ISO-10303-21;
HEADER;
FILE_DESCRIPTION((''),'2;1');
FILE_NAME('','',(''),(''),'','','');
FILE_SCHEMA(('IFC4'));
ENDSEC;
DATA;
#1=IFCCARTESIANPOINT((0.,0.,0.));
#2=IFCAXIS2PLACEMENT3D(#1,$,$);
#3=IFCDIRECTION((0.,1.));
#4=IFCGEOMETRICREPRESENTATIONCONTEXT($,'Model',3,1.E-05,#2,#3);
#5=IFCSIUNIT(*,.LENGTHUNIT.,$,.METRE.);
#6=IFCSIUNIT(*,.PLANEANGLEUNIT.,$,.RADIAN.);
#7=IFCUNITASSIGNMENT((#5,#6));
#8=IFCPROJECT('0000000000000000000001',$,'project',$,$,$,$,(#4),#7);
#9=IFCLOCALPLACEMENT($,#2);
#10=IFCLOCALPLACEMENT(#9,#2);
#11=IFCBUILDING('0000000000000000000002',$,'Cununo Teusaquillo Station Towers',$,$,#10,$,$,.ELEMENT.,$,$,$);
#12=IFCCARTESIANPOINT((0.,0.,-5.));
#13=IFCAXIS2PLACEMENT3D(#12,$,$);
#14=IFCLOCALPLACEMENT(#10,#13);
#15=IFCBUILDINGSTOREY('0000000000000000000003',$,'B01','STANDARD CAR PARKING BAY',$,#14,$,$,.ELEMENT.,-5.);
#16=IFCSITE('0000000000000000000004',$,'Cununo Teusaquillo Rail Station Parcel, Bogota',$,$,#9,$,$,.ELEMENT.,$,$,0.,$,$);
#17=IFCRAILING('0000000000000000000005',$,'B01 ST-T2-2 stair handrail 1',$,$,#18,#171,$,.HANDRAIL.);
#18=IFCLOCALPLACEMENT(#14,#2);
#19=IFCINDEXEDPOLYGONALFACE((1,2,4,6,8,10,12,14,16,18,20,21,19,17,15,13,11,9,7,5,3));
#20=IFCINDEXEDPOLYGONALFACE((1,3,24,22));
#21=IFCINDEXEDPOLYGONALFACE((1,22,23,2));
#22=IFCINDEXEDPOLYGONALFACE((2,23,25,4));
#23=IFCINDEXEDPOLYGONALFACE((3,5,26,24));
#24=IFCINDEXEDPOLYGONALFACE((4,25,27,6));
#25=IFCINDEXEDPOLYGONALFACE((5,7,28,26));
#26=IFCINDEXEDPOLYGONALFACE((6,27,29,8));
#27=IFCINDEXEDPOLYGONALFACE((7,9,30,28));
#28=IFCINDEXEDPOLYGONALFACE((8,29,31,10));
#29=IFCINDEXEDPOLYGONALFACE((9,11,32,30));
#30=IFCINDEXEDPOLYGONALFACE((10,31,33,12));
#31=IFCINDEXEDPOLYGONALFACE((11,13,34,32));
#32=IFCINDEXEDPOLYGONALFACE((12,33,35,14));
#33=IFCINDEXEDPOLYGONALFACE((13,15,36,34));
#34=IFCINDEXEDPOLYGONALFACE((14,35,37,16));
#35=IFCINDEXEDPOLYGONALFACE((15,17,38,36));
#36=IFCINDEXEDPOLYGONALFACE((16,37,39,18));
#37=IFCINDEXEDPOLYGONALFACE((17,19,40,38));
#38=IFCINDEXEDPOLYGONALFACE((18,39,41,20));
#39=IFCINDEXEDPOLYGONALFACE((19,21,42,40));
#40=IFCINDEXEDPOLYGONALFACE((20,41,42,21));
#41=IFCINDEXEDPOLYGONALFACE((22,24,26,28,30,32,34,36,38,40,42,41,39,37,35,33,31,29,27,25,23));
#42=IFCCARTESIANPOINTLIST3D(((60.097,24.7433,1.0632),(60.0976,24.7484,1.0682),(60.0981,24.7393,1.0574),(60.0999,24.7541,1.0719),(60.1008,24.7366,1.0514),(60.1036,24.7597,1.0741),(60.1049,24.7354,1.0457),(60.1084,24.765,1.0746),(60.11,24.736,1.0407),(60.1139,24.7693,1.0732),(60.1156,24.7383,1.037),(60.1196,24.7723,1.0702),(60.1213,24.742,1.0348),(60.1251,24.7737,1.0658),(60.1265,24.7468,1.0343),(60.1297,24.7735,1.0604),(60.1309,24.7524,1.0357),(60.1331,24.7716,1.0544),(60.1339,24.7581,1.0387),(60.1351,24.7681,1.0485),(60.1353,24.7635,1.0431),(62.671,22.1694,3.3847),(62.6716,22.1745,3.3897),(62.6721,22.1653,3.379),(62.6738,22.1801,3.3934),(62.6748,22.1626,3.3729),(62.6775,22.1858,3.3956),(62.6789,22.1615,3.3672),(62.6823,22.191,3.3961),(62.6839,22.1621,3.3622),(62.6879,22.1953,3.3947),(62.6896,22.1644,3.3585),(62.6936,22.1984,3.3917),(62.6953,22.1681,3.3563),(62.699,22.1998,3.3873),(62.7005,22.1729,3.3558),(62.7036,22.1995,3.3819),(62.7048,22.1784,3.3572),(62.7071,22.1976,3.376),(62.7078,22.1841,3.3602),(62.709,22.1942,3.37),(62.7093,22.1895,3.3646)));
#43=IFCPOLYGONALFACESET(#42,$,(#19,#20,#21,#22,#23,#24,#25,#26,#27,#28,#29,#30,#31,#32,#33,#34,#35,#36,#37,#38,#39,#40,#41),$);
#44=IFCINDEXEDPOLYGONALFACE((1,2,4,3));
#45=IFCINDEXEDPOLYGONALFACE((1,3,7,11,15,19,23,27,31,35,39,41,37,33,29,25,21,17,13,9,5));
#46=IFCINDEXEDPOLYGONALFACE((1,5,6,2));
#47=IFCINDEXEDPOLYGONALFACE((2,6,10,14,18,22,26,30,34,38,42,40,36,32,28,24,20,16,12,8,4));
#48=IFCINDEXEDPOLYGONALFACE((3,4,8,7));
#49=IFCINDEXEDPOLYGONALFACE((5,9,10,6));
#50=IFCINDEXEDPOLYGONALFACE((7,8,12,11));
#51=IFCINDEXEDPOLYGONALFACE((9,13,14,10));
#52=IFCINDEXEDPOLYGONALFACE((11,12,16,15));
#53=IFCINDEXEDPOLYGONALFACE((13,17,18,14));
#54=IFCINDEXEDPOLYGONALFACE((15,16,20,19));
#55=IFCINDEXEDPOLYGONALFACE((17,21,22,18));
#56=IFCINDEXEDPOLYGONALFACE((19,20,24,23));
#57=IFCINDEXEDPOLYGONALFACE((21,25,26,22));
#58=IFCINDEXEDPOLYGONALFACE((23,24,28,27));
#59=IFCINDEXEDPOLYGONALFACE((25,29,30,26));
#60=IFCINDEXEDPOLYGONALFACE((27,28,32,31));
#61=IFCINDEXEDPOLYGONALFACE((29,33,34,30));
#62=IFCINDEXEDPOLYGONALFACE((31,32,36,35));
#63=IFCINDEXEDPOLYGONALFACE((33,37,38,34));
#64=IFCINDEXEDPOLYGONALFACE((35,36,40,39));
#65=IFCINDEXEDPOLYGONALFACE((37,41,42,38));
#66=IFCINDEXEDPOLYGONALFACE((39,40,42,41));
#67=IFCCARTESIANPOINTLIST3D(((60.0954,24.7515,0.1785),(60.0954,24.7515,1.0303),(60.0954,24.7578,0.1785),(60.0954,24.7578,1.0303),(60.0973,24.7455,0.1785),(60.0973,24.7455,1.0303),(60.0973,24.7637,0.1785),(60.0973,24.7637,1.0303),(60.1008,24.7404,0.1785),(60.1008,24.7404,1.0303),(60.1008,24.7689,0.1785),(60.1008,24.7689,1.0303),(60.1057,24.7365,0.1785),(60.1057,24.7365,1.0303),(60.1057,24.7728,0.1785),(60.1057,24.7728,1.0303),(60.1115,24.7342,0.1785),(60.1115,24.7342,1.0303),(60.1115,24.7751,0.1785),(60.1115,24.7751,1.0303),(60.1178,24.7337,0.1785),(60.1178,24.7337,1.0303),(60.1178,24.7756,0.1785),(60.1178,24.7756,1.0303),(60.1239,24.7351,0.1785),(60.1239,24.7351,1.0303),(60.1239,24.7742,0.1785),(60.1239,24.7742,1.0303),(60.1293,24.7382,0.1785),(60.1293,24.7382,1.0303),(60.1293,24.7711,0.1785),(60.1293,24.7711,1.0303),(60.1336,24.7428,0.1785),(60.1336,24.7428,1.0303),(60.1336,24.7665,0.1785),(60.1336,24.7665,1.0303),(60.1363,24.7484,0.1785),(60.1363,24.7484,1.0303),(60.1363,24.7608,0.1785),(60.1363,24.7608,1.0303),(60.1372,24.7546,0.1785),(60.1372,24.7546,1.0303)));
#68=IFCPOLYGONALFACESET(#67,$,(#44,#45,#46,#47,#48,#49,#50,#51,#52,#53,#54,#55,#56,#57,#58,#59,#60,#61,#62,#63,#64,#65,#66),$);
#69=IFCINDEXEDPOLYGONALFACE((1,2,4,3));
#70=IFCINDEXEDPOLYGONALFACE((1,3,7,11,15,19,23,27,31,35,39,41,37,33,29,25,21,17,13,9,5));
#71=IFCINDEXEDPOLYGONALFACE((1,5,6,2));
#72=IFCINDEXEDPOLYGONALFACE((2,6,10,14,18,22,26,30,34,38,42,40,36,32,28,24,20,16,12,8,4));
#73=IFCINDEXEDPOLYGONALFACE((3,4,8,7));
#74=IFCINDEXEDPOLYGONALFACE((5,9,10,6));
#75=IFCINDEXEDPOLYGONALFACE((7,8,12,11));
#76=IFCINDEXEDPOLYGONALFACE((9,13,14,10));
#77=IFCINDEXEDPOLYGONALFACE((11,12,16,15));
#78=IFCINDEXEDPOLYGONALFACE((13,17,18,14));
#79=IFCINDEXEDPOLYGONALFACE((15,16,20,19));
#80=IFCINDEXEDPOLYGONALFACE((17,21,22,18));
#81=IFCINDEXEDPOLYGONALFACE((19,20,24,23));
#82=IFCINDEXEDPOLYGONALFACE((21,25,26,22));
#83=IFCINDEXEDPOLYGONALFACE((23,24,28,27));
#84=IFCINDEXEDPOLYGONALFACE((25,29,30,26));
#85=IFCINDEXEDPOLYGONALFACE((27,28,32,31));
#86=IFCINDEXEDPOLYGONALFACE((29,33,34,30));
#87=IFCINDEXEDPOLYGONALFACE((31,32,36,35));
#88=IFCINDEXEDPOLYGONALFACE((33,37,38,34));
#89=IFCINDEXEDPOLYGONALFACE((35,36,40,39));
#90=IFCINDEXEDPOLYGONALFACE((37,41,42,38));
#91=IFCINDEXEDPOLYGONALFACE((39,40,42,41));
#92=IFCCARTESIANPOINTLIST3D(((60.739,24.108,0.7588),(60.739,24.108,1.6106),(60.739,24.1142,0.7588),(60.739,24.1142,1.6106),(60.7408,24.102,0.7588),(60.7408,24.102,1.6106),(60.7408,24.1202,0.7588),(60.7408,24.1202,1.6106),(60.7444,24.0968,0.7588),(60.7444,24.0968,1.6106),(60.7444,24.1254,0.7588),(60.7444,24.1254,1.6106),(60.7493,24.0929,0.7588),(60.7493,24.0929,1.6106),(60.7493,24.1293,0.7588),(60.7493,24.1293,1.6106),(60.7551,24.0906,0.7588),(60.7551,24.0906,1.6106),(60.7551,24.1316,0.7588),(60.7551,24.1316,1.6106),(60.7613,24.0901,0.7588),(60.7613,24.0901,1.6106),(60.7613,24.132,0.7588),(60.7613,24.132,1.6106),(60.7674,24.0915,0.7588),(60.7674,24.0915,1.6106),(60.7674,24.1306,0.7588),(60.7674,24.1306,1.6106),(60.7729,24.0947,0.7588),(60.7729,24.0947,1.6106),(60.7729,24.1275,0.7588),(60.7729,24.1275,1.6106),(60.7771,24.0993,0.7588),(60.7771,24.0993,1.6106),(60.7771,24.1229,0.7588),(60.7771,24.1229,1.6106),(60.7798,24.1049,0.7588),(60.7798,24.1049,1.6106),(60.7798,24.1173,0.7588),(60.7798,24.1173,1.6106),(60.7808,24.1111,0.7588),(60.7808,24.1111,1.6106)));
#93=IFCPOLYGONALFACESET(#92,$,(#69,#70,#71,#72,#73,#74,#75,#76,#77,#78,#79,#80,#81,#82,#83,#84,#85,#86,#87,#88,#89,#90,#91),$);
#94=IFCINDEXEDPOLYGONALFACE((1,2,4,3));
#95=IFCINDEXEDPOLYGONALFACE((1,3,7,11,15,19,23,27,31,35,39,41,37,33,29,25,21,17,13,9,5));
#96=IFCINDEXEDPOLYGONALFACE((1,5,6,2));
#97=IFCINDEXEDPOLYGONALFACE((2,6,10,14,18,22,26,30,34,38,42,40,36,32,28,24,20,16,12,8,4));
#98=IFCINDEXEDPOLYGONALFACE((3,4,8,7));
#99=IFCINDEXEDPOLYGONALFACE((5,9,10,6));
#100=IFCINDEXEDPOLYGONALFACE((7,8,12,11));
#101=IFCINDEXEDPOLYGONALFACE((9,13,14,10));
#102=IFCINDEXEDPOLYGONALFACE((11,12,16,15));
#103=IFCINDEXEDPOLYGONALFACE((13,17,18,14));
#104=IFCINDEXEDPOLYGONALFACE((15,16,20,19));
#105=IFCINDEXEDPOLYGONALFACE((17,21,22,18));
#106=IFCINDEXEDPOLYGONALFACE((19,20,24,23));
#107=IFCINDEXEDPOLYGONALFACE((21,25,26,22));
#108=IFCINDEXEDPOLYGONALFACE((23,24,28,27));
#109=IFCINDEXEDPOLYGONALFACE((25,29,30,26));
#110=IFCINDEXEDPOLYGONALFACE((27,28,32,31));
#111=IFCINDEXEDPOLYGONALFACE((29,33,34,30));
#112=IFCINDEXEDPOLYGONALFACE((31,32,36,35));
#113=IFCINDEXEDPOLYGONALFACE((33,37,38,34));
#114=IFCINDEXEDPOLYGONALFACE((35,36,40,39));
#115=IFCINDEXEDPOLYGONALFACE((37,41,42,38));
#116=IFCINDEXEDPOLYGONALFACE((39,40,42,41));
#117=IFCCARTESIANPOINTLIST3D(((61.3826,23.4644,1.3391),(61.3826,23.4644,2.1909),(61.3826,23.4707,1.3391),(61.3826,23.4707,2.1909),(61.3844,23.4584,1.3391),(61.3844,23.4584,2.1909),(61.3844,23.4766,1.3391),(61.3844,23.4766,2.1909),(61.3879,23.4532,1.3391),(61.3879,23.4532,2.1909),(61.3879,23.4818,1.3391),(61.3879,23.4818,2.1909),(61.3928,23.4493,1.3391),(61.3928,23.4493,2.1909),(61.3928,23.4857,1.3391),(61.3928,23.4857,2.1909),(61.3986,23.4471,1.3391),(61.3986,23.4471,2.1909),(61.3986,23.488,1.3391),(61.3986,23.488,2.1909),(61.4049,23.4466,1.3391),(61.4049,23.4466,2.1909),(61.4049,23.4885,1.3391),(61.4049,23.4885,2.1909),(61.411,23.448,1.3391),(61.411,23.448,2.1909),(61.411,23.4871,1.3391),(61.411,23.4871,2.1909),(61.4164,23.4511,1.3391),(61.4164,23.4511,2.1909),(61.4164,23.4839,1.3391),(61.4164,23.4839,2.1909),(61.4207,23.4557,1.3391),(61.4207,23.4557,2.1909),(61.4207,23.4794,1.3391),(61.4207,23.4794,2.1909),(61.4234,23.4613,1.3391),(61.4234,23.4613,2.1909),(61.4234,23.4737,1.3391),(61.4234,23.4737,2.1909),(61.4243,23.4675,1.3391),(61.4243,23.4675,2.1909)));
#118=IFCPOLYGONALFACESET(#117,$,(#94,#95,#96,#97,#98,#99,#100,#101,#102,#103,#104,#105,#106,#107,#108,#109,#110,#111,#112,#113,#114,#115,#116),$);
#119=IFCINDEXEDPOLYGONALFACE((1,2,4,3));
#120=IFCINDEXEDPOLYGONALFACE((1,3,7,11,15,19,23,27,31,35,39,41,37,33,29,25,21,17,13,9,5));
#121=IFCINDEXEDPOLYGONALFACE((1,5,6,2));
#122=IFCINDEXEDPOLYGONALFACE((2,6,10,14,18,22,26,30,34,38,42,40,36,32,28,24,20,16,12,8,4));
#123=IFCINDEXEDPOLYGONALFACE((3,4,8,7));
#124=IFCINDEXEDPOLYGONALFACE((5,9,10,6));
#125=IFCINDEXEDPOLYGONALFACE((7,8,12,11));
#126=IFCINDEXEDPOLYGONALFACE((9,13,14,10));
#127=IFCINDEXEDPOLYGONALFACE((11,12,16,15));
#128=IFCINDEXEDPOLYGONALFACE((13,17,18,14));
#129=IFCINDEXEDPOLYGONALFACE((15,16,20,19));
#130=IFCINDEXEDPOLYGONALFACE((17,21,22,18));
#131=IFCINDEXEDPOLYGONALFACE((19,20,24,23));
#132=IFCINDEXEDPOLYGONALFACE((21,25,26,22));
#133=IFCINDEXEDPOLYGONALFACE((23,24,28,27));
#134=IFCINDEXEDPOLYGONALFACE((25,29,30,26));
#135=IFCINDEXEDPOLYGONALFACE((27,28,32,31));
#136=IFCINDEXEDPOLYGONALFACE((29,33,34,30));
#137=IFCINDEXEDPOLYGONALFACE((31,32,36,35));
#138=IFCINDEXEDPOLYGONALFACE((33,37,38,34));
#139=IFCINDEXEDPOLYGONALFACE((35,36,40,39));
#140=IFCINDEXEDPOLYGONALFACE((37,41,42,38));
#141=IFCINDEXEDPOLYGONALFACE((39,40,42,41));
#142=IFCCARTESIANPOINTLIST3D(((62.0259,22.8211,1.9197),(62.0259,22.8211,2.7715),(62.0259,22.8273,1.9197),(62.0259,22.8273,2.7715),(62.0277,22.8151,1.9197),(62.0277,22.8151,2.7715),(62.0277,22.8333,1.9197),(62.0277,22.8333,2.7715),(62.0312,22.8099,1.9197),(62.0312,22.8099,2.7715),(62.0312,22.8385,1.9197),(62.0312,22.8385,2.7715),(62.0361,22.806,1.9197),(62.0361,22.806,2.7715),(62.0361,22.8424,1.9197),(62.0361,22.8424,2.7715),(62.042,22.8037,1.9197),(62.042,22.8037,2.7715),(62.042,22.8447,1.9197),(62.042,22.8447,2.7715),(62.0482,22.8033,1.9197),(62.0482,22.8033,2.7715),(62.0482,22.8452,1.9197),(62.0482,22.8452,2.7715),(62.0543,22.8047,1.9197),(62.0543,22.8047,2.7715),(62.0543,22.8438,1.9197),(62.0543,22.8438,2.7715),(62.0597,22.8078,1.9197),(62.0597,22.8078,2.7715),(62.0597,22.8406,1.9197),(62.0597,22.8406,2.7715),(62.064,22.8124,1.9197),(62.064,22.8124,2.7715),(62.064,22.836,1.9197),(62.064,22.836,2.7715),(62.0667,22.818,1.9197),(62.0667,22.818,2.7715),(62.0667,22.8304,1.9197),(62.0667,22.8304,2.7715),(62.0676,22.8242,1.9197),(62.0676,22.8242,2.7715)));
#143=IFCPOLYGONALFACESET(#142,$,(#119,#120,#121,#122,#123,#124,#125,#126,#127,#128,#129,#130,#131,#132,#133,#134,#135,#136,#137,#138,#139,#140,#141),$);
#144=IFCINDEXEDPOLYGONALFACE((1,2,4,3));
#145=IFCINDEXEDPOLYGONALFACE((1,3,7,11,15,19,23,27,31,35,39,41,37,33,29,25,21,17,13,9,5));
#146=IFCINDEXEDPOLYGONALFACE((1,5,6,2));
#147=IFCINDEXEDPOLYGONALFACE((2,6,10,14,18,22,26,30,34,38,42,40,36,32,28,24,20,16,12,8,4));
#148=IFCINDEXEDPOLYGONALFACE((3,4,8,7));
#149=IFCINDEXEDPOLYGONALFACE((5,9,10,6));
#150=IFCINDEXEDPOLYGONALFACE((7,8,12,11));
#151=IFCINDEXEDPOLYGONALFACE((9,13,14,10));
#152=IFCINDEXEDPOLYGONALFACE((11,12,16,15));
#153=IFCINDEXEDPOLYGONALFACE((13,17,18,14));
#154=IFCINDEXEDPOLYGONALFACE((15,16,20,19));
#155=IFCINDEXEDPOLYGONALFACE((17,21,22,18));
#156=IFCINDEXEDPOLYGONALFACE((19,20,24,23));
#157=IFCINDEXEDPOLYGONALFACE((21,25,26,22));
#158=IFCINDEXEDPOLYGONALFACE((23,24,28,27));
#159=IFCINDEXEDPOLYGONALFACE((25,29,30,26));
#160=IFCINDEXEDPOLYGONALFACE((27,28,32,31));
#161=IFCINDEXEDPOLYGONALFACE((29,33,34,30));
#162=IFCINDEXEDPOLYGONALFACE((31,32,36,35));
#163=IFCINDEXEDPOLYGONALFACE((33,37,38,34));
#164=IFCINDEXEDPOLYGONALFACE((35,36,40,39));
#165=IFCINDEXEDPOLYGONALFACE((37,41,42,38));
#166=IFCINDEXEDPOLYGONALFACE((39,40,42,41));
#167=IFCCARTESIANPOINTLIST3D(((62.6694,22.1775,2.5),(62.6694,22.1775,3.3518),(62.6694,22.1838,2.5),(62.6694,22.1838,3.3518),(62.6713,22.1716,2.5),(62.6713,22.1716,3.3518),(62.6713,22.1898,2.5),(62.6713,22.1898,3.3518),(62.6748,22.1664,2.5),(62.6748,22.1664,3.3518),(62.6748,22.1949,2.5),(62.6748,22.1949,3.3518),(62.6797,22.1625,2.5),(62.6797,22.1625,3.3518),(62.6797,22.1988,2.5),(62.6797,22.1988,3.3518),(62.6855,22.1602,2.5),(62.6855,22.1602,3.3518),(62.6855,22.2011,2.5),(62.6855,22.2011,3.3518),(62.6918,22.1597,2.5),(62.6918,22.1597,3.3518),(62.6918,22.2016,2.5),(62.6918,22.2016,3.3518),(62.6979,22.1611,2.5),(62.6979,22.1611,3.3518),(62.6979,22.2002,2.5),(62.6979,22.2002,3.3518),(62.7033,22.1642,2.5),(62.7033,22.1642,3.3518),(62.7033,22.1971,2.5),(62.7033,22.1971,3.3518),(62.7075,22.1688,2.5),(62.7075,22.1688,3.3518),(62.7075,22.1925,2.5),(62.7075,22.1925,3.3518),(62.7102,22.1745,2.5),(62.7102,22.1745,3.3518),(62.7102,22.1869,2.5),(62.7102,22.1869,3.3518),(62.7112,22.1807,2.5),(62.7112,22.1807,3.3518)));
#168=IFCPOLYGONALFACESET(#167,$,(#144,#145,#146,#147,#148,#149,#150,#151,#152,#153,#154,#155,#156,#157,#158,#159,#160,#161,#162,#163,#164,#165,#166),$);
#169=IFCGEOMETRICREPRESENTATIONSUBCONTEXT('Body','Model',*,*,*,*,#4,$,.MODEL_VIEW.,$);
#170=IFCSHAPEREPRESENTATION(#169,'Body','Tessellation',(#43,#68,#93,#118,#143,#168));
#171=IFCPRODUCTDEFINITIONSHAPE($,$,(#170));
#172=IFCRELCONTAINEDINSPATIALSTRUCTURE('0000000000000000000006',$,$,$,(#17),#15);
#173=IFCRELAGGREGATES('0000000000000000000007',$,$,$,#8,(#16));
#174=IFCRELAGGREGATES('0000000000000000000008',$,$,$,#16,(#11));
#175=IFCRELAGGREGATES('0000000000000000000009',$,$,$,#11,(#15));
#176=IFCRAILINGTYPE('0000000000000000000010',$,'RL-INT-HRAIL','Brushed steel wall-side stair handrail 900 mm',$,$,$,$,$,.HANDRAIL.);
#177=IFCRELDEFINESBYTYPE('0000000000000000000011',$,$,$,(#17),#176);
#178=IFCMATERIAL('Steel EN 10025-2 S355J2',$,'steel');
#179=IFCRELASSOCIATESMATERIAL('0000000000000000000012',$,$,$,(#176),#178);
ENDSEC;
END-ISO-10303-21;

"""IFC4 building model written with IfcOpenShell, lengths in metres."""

from ifc_helpers import new_model, si_unit, direction, frame, origin, origin_2d, place, context, subcontext, project, spatial, circle, extrude, material, type_object, element, save


model = new_model("IFC4")

# Units and contexts
model_context = context("Model", 3, precision=1e-05, world=origin(), true_north=direction((0.0, 1.0)))
body_context = subcontext(model_context, "Body", "Model", "MODEL_VIEW")
ifc_project = project(units=[si_unit("LENGTHUNIT", "METRE"), si_unit("PLANEANGLEUNIT", "RADIAN")], contexts=[model_context])

# Site, building, storey
site_placement = place(None, origin())
site = spatial("IfcSite", under=ifc_project, at=site_placement, Name="Cununo Teusaquillo Rail Station Parcel, Bogota", CompositionType="ELEMENT", RefElevation=0.0)
building_placement = place(site_placement, origin())
building = spatial("IfcBuilding", under=site, at=building_placement, Name="Cununo Teusaquillo Station Towers", CompositionType="ELEMENT")
storey_placement = place(building_placement, frame((0.0, 0.0, -5.0)))
storey = spatial("IfcBuildingStorey", under=building, at=storey_placement, Name="B01", Description="STANDARD CAR PARKING BAY", CompositionType="ELEMENT", Elevation=-5.0)

# Railing
ifc_material_1 = material(Name="Steel EN 10025-2 S355J2", Category="steel")
railing_type_1 = type_object("IfcRailingType", Name="RL-INT-HRAIL", Description="Brushed steel wall-side stair handrail 900 mm", PredefinedType="HANDRAIL", material=ifc_material_1)
railing_1_placement = place(storey_placement, frame((60.1162, 24.7546, 0.1785)))
element("IfcRailing", 1, at=railing_1_placement, inside=storey, type_object=railing_type_1, Name="B01 ST-T2-2 stair handrail 1", PredefinedType="HANDRAIL", context=body_context, shape_type="SweptSolid", body=[
    extrude(circle(Radius=0.0239, at=origin_2d()), frame((0.0, 0.0, 0.876), z_axis=(0.596182, -0.596182, 0.537712), x_axis=(0.707107, 0.707107, 0.0)), (0.0, 0.0, 1.0), 4.3174),
    extrude(circle(Radius=0.021, at=origin_2d()), origin(), (0.0, 0.0, 1.0), 0.8518),
    extrude(circle(Radius=0.021, at=origin_2d()), frame((0.6436, -0.6436, 0.5803)), (0.0, 0.0, 1.0), 0.8518),
    extrude(circle(Radius=0.021, at=origin_2d()), frame((1.2871, -1.2871, 1.1606)), (0.0, 0.0, 1.0), 0.8518),
    extrude(circle(Radius=0.021, at=origin_2d()), frame((1.9304, -1.9304, 1.7412)), (0.0, 0.0, 1.0), 0.8518),
    extrude(circle(Radius=0.021, at=origin_2d()), frame((2.574, -2.574, 2.3215)), (0.0, 0.0, 1.0), 0.8518),
])

save(model, "model.ifc")
